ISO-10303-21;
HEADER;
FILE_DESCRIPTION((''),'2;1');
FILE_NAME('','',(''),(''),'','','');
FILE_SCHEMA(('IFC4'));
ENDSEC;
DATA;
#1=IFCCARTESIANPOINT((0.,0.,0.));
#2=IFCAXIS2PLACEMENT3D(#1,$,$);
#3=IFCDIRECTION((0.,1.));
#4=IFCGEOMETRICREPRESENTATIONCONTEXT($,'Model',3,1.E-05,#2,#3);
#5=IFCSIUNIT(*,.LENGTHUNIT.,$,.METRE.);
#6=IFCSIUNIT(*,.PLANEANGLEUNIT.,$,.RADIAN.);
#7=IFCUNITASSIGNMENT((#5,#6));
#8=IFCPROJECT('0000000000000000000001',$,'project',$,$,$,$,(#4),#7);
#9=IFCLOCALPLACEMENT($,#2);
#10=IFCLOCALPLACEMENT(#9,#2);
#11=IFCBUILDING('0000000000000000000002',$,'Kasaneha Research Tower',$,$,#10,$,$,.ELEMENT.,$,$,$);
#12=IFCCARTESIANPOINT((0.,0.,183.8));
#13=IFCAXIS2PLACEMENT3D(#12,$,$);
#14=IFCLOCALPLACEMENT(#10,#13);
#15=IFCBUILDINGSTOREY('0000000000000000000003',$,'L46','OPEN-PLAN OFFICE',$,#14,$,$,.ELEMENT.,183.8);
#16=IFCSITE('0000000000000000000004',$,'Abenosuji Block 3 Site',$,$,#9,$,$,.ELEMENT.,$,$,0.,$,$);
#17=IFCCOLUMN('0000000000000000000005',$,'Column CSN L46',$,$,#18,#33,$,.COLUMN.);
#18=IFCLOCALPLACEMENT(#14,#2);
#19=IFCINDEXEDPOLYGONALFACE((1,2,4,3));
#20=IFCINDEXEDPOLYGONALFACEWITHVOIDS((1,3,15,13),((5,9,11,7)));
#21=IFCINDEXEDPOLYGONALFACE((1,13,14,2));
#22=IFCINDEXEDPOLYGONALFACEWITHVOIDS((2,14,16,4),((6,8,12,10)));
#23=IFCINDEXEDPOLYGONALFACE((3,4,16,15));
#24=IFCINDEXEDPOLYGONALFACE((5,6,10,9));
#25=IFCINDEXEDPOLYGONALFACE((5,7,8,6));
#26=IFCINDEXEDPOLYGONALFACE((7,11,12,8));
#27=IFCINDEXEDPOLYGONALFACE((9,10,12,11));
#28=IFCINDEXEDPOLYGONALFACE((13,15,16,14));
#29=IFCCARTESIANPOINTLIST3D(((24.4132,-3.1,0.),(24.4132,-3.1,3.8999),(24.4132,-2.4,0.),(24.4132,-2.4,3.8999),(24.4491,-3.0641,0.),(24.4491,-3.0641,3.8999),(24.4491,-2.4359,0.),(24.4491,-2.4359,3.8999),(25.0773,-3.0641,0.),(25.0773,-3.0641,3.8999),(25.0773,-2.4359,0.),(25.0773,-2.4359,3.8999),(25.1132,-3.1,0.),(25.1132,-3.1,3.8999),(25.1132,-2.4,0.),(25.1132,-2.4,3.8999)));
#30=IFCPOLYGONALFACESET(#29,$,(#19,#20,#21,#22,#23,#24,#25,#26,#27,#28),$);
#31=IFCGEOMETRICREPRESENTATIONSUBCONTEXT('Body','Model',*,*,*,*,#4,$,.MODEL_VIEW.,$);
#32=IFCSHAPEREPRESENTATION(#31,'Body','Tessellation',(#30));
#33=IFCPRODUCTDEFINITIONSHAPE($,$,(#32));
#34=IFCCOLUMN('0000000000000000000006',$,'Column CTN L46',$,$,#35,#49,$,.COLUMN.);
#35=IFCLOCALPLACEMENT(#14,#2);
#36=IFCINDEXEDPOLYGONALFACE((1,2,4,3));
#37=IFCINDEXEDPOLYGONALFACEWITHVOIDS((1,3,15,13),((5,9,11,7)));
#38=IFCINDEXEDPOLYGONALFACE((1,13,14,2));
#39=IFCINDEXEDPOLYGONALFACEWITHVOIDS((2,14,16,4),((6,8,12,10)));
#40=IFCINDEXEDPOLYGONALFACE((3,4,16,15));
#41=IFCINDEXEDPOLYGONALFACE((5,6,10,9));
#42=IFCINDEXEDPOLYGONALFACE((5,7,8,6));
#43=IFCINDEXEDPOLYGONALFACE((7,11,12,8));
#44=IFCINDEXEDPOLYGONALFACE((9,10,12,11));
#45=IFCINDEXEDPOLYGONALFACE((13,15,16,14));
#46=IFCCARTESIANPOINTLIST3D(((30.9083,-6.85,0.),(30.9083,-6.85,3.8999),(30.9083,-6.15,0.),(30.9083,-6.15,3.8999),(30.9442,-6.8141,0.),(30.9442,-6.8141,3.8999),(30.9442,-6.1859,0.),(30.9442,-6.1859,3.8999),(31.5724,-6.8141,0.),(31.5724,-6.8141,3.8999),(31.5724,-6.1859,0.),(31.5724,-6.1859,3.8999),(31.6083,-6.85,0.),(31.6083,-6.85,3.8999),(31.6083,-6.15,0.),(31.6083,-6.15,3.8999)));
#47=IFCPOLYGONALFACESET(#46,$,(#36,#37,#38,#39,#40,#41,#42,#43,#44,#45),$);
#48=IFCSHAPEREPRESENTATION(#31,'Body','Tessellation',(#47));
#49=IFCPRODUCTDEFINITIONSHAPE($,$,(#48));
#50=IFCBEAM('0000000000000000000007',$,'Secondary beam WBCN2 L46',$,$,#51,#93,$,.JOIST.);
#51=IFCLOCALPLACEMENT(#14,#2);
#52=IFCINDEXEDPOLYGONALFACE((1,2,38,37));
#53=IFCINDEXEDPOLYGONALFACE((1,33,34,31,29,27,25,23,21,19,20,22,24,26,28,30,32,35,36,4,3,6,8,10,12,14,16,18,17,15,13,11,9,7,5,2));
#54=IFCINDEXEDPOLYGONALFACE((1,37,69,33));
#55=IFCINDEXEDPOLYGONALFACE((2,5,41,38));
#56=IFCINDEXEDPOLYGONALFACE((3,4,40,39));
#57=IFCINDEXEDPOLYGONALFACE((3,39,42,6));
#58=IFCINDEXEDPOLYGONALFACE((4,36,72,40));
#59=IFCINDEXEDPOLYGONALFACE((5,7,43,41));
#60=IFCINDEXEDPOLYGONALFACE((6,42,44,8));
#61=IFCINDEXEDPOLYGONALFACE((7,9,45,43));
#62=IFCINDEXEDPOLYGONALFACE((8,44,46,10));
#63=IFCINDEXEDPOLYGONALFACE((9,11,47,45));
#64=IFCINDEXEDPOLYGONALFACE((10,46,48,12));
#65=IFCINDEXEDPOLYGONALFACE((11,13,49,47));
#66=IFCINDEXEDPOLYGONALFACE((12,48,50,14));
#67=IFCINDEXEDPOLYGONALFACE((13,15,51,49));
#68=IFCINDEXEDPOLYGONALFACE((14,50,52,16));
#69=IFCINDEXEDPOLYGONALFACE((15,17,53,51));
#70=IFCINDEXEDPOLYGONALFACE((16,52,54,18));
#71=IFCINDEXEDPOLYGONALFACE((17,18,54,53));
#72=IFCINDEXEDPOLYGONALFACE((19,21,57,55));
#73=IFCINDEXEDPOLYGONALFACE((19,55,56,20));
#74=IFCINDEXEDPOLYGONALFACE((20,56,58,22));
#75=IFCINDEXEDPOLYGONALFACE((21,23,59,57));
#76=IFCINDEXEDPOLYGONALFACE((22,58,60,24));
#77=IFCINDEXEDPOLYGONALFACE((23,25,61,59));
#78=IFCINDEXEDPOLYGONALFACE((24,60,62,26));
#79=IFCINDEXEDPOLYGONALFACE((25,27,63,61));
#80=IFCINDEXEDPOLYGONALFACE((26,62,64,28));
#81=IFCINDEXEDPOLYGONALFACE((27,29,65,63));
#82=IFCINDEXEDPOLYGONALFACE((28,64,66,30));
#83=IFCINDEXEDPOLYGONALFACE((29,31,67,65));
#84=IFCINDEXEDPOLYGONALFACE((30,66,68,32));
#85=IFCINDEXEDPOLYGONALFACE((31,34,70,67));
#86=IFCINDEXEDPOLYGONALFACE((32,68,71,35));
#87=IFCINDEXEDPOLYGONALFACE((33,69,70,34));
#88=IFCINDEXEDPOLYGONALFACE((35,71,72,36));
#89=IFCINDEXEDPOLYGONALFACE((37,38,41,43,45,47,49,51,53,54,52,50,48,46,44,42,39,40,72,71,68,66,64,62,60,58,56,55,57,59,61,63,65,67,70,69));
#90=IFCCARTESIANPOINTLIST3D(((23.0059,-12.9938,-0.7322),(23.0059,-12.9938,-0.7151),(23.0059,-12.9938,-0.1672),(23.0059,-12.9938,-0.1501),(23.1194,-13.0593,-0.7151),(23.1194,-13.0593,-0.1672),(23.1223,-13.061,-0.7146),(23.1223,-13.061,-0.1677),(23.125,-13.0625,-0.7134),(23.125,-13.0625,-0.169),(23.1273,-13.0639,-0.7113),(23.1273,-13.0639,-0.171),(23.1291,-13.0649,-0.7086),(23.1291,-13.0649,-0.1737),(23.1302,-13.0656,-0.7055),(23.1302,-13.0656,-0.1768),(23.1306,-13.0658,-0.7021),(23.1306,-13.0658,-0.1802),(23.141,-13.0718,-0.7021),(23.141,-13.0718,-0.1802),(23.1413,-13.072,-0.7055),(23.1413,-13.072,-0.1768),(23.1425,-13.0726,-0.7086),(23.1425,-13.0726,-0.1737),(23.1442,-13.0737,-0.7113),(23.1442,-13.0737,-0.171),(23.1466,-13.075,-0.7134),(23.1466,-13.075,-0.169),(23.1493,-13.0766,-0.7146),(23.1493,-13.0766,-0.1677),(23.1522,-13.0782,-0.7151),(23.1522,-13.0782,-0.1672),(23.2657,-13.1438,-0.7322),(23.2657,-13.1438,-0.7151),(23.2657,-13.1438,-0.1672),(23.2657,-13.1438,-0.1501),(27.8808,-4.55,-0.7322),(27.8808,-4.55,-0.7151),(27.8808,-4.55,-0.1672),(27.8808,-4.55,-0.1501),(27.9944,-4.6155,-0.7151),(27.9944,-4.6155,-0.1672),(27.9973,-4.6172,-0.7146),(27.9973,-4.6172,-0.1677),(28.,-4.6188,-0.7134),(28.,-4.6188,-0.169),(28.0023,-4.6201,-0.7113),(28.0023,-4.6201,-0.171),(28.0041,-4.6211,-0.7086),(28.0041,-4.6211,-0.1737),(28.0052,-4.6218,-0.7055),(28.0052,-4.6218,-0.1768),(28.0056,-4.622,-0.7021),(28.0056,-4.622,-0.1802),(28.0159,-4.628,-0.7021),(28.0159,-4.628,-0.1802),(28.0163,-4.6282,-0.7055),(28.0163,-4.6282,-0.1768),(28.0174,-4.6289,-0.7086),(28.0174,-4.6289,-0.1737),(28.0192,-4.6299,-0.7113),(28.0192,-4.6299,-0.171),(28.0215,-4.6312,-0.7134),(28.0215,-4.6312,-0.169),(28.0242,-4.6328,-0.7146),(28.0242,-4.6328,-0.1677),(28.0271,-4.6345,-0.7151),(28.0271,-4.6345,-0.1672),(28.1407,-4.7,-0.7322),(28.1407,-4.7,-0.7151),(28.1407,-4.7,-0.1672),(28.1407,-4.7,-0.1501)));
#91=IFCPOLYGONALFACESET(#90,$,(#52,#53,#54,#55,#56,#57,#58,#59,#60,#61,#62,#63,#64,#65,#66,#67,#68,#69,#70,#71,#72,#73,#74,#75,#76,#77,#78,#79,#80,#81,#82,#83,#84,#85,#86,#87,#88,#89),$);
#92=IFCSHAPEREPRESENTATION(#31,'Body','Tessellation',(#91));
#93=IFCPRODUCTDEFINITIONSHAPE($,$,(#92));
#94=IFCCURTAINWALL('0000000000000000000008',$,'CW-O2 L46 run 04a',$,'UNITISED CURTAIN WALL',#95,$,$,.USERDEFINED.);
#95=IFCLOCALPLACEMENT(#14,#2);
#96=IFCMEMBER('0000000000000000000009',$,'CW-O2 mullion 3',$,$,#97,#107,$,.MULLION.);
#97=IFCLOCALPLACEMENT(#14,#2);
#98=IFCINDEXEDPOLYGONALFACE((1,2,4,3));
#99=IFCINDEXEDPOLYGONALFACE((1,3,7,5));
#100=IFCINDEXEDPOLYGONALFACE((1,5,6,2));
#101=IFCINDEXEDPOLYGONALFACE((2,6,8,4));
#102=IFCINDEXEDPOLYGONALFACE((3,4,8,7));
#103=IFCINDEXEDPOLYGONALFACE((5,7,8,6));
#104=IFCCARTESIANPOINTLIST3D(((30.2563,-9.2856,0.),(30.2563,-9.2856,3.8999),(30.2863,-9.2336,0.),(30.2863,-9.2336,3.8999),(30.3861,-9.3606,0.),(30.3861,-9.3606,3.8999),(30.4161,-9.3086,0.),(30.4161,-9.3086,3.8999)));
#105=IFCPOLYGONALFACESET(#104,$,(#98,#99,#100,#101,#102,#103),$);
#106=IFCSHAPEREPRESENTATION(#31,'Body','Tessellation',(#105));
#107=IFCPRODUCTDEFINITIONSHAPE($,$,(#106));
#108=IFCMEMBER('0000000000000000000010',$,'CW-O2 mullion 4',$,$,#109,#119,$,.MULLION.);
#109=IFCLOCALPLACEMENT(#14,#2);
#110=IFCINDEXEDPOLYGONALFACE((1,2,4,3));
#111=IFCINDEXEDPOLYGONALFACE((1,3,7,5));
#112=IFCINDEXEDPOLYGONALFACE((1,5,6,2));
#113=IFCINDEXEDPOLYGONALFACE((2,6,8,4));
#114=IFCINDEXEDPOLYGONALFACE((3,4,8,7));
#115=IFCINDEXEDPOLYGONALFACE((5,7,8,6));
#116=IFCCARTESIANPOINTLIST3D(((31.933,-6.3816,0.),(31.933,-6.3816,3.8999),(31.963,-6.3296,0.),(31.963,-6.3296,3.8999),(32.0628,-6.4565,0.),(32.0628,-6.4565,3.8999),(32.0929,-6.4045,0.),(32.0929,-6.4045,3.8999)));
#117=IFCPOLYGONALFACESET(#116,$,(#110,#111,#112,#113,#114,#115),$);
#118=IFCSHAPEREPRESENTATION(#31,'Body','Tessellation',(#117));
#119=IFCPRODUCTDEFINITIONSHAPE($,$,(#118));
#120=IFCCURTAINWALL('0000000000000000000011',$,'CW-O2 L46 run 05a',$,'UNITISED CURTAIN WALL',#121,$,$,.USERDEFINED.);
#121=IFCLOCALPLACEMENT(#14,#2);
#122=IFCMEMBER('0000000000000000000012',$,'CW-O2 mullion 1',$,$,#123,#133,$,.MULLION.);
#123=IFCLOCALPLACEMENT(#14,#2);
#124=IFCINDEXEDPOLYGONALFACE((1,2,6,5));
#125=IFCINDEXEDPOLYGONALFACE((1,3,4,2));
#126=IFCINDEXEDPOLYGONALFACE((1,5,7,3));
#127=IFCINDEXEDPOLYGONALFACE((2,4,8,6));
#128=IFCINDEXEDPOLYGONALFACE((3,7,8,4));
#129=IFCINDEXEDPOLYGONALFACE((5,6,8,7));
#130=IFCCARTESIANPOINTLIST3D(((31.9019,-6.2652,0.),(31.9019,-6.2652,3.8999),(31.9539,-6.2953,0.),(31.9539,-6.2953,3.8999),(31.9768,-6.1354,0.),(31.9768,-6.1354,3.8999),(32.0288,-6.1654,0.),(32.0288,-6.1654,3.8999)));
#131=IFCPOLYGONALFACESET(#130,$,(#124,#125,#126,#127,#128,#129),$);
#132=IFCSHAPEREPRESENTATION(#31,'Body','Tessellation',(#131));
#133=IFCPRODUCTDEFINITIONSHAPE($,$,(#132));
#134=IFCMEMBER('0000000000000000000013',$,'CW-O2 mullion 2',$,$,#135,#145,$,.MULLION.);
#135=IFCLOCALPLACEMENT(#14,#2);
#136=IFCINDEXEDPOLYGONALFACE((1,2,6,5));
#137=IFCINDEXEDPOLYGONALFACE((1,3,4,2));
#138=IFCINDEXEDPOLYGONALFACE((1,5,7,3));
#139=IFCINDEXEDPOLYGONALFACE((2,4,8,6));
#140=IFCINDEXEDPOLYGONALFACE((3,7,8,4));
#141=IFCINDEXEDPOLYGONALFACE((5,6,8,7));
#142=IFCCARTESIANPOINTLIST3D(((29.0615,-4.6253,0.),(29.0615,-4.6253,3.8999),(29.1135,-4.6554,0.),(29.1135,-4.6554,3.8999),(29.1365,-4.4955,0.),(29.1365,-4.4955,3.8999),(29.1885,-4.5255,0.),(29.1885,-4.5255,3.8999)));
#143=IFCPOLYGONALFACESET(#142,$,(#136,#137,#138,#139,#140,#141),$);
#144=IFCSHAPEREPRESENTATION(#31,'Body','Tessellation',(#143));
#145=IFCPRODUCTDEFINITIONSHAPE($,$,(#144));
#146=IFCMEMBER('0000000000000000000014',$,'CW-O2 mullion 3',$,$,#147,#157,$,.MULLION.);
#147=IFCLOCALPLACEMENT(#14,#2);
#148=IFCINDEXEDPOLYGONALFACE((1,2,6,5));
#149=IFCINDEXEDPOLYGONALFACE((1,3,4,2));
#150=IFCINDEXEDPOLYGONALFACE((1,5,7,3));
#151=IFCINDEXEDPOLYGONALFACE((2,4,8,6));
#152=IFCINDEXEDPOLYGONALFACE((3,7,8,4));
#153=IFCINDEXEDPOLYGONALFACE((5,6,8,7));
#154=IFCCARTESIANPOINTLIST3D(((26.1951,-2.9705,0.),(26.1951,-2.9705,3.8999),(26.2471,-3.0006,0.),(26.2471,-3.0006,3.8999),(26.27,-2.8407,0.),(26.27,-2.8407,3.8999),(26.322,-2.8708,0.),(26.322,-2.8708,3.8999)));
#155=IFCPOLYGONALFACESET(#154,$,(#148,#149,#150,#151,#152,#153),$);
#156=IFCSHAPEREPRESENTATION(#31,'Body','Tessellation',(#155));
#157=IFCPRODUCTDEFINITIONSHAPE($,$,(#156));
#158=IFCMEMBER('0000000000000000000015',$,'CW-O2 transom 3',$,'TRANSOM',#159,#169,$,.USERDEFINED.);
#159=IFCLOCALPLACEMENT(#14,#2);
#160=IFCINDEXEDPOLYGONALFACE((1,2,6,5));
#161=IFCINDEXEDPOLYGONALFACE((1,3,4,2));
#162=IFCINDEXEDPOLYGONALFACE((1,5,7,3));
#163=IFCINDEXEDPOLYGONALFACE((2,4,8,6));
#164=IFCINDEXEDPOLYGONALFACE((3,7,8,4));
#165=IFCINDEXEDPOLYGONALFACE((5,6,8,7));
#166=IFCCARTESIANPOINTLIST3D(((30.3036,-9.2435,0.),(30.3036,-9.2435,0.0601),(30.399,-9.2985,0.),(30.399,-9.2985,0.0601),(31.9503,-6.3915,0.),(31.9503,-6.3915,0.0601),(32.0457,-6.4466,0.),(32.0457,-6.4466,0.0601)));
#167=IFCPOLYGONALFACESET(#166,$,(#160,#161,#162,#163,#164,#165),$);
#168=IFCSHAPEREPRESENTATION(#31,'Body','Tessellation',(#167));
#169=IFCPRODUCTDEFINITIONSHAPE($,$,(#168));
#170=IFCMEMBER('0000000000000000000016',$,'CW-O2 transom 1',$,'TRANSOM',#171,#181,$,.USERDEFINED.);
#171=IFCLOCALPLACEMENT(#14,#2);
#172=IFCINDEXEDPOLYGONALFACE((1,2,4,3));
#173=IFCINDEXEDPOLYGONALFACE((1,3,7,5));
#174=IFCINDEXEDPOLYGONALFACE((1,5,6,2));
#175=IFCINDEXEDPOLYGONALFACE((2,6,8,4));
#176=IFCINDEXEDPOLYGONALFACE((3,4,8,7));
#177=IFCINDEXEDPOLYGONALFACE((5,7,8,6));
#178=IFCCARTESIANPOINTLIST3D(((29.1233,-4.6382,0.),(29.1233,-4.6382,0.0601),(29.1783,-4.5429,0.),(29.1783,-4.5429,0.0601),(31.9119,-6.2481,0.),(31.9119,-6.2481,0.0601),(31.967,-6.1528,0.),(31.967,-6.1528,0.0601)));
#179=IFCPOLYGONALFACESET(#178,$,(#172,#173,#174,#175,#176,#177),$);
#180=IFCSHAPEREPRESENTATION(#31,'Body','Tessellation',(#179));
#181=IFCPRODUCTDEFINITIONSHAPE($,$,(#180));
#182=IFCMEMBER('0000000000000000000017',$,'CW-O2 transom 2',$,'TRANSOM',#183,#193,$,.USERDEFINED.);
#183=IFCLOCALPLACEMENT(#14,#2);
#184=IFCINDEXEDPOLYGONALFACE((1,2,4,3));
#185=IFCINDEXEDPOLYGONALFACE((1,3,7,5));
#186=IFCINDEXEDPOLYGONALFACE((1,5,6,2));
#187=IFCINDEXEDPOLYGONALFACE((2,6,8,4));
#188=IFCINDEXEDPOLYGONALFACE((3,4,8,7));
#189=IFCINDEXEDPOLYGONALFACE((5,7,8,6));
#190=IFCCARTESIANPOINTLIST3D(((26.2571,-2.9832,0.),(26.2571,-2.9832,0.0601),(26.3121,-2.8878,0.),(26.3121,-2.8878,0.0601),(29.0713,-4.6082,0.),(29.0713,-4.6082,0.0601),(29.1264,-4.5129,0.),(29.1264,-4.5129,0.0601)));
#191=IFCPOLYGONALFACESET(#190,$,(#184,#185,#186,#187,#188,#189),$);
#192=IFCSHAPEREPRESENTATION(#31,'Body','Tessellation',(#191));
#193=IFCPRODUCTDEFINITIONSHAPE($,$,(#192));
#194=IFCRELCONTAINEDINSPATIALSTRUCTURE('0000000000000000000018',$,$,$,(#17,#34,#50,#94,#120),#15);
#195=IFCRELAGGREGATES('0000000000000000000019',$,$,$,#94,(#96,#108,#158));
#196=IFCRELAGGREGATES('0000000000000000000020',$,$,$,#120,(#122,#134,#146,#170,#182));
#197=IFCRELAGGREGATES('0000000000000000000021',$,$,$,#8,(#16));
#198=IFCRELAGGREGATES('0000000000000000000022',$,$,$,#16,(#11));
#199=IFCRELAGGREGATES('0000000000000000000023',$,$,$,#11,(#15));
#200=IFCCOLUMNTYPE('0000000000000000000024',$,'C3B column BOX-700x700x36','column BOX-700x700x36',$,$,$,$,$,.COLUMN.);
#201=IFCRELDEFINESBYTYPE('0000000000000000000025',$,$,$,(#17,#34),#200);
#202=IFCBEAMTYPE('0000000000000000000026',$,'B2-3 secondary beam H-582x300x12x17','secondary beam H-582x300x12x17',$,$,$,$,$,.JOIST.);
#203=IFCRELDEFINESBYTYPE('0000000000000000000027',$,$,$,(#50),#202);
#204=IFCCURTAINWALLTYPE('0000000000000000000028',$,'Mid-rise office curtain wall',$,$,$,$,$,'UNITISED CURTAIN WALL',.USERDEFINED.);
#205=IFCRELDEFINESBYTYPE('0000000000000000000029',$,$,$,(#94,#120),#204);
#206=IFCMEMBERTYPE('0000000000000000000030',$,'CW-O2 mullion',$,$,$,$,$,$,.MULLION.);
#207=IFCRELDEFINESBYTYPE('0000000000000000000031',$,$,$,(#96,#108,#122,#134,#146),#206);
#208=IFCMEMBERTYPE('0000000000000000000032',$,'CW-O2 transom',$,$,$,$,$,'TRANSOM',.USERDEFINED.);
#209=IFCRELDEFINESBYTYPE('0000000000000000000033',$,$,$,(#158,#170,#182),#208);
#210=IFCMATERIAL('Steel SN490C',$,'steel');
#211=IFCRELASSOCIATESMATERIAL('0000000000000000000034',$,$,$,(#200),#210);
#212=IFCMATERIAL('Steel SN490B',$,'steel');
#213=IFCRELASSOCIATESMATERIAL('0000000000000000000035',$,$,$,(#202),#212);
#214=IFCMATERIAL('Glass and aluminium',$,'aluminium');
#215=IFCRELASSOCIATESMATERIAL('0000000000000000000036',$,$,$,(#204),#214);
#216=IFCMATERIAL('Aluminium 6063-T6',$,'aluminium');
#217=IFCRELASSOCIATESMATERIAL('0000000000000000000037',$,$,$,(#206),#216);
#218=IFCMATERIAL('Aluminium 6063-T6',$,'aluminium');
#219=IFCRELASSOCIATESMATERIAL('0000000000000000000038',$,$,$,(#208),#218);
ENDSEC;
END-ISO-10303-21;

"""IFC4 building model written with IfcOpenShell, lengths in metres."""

from ifc_helpers import new_model, si_unit, direction, frame, origin, origin_2d, place, context, subcontext, project, spatial, rectangle, hollow_rectangle, i_section, extrude, material, material_profile, profile_set, type_object, element, aggregate, save


model = new_model("IFC4")

# Units and contexts
model_context = context("Model", 3, precision=1e-05, world=origin(), true_north=direction((0.0, 1.0)))
body_context = subcontext(model_context, "Body", "Model", "MODEL_VIEW")
ifc_project = project(units=[si_unit("LENGTHUNIT", "METRE"), si_unit("PLANEANGLEUNIT", "RADIAN")], contexts=[model_context])

# Site, building, storey
site_placement = place(None, origin())
site = spatial("IfcSite", under=ifc_project, at=site_placement, Name="Abenosuji Block 3 Site", CompositionType="ELEMENT", RefElevation=0.0)
building_placement = place(site_placement, origin())
building = spatial("IfcBuilding", under=site, at=building_placement, Name="Kasaneha Research Tower", CompositionType="ELEMENT")
storey_placement = place(building_placement, frame((0.0, 0.0, 183.8)))
storey = spatial("IfcBuildingStorey", under=building, at=storey_placement, Name="L46", Description="OPEN-PLAN OFFICE", CompositionType="ELEMENT", Elevation=183.8)

# Columns
ifc_material_1 = material(Name="Steel SN490C", Category="steel")
ifc_material_profile_1 = material_profile(ifc_material_1, hollow_rectangle(XDim=0.7, YDim=0.7, WallThickness=0.0359, at=origin_2d()), Name="BOX-700x700x36")
ifc_profile_set_1 = profile_set([ifc_material_profile_1], Name="Steel SN490C")
column_type = type_object("IfcColumnType", Name="C3B column BOX-700x700x36", Description="column BOX-700x700x36", PredefinedType="COLUMN", material=ifc_profile_set_1)
for number, where, z_axis, x_axis, name in (
    (1, (24.7632, -2.75, 0.0), (0.0, 0.0, 1.0), (1.0, 0.0, 0.0), "Column CSN L46"),
    (2, (31.2583, -6.5, 0.0), (0.0, 0.0, 1.0), (1.0, 0.0, 0.0), "Column CTN L46"),
):
    element("IfcColumn", number, at=place(storey_placement, frame(where, z_axis=z_axis, x_axis=x_axis)), inside=storey, type_object=column_type, Name=name, PredefinedType="COLUMN", context=body_context, shape_type="SweptSolid", body=[
        extrude(hollow_rectangle(XDim=0.7, YDim=0.7, WallThickness=0.0359, at=origin_2d()), origin(), (0.0, 0.0, 1.0), 3.8999),
    ])

# Beam
ifc_material_2 = material(Name="Steel SN490B", Category="steel")
ifc_material_profile_2 = material_profile(ifc_material_2, i_section(OverallWidth=0.3, OverallDepth=0.582, WebThickness=0.012, FlangeThickness=0.0171, FilletRadius=0.0129, at=origin_2d()), Name="H-582x300x12x17")
ifc_profile_set_2 = profile_set([ifc_material_profile_2], Name="Steel SN490B")
beam_type_1 = type_object("IfcBeamType", Name="B2-3 secondary beam H-582x300x12x17", Description="secondary beam H-582x300x12x17", PredefinedType="JOIST", material=ifc_profile_set_2)
beam_1_placement = place(storey_placement, frame((28.0107, -4.625, -0.4412), z_axis=(-0.499996, -0.866028, 0.0), x_axis=(0.866028, -0.499996, 0.0)))
element("IfcBeam", 3, at=beam_1_placement, inside=storey, type_object=beam_type_1, Name="Secondary beam WBCN2 L46", PredefinedType="JOIST", context=body_context, shape_type="SweptSolid", body=[
    extrude(i_section(OverallWidth=0.3, OverallDepth=0.582, WebThickness=0.012, FlangeThickness=0.0171, FilletRadius=0.0129, at=origin_2d()), origin(), (0.0, 0.0, 1.0), 9.75),
])

# Curtain walls, members
ifc_material_3 = material(Name="Glass and aluminium", Category="aluminium")
curtain_wall_type = type_object("IfcCurtainWallType", Name="Mid-rise office curtain wall", ElementType="UNITISED CURTAIN WALL", PredefinedType="USERDEFINED", material=ifc_material_3)
curtain_wall_1_placement = place(storey_placement, origin())
curtain_wall_1 = element("IfcCurtainWall", 4, at=curtain_wall_1_placement, inside=storey, type_object=curtain_wall_type, Name="CW-O2 L46 run 04a", ObjectType="UNITISED CURTAIN WALL", PredefinedType="USERDEFINED")
ifc_material_4 = material(Name="Aluminium 6063-T6", Category="aluminium")
ifc_material_profile_3 = material_profile(ifc_material_4, rectangle(XDim=0.0601, YDim=0.1499, at=origin_2d()), Name="CW-O2 mullion 60x150")
ifc_profile_set_3 = profile_set([ifc_material_profile_3], Name="Aluminium 6063-T6")
member_type_1 = type_object("IfcMemberType", Name="CW-O2 mullion", PredefinedType="MULLION", material=ifc_profile_set_3)
member_1_placement = place(storey_placement, frame((30.3362, -9.2971, 0.0), z_axis=(0.0, 0.0, 1.0), x_axis=(0.5, 0.866025, 0.0)))
member_1 = element("IfcMember", 5, at=member_1_placement, type_object=member_type_1, Name="CW-O2 mullion 3", PredefinedType="MULLION", context=body_context, shape_type="SweptSolid", body=[
    extrude(rectangle(XDim=0.0601, YDim=0.1499, at=origin_2d()), origin(), (0.0, 0.0, 1.0), 3.8999),
])
member_2_placement = place(storey_placement, frame((32.0129, -6.3931, 0.0), z_axis=(0.0, 0.0, 1.0), x_axis=(0.5, 0.866025, 0.0)))
member_2 = element("IfcMember", 6, at=member_2_placement, type_object=member_type_1, Name="CW-O2 mullion 4", PredefinedType="MULLION", context=body_context, shape_type="SweptSolid", body=[
    extrude(rectangle(XDim=0.0601, YDim=0.1499, at=origin_2d()), origin(), (0.0, 0.0, 1.0), 3.8999),
])
curtain_wall_2_placement = place(storey_placement, origin())
curtain_wall_2 = element("IfcCurtainWall", 7, at=curtain_wall_2_placement, inside=storey, type_object=curtain_wall_type, Name="CW-O2 L46 run 05a", ObjectType="UNITISED CURTAIN WALL", PredefinedType="USERDEFINED")
member_3_placement = place(storey_placement, frame((31.9653, -6.2153, 0.0), z_axis=(0.0, 0.0, 1.0), x_axis=(-0.866025, 0.5, 0.0)))
member_3 = element("IfcMember", 8, at=member_3_placement, type_object=member_type_1, Name="CW-O2 mullion 1", PredefinedType="MULLION", context=body_context, shape_type="SweptSolid", body=[
    extrude(rectangle(XDim=0.0601, YDim=0.1499, at=origin_2d()), origin(), (0.0, 0.0, 1.0), 3.8999),
])
member_4_placement = place(storey_placement, frame((29.125, -4.5754, 0.0), z_axis=(0.0, 0.0, 1.0), x_axis=(-0.866025, 0.5, 0.0)))
member_4 = element("IfcMember", 9, at=member_4_placement, type_object=member_type_1, Name="CW-O2 mullion 2", PredefinedType="MULLION", context=body_context, shape_type="SweptSolid", body=[
    extrude(rectangle(XDim=0.0601, YDim=0.1499, at=origin_2d()), origin(), (0.0, 0.0, 1.0), 3.8999),
])
member_5_placement = place(storey_placement, frame((26.2585, -2.9207, 0.0), z_axis=(0.0, 0.0, 1.0), x_axis=(-0.866025, 0.5, 0.0)))
member_5 = element("IfcMember", 10, at=member_5_placement, type_object=member_type_1, Name="CW-O2 mullion 3", PredefinedType="MULLION", context=body_context, shape_type="SweptSolid", body=[
    extrude(rectangle(XDim=0.0601, YDim=0.1499, at=origin_2d()), origin(), (0.0, 0.0, 1.0), 3.8999),
])

# Members
ifc_material_5 = material(Name="Aluminium 6063-T6", Category="aluminium")
ifc_material_profile_4 = material_profile(ifc_material_5, rectangle(XDim=0.1101, YDim=0.0601, at=origin_2d()), Name="CW-O2 transom 110x60")
ifc_profile_set_4 = profile_set([ifc_material_profile_4], Name="Aluminium 6063-T6")
member_type_2 = type_object("IfcMemberType", Name="CW-O2 transom", ElementType="TRANSOM", PredefinedType="USERDEFINED", material=ifc_profile_set_4)
member_6_placement = place(storey_placement, frame((30.3513, -9.271, 0.03), z_axis=(0.500022, 0.866013, 0.0), x_axis=(-0.866013, 0.500022, 0.0)))
member_6 = element("IfcMember", 11, at=member_6_placement, type_object=member_type_2, Name="CW-O2 transom 3", ObjectType="TRANSOM", PredefinedType="USERDEFINED", context=body_context, shape_type="SweptSolid", body=[
    extrude(rectangle(XDim=0.1101, YDim=0.0601, at=origin_2d()), origin(), (0.0, 0.0, 1.0), 3.2932),
])
member_7_placement = place(storey_placement, frame((31.9395, -6.2004, 0.03), z_axis=(-0.866042, 0.499972, 0.0), x_axis=(-0.499972, -0.866042, 0.0)))
member_7 = element("IfcMember", 12, at=member_7_placement, type_object=member_type_2, Name="CW-O2 transom 1", ObjectType="TRANSOM", PredefinedType="USERDEFINED", context=body_context, shape_type="SweptSolid", body=[
    extrude(rectangle(XDim=0.1101, YDim=0.0601, at=origin_2d()), origin(), (0.0, 0.0, 1.0), 3.22),
])
member_8_placement = place(storey_placement, frame((29.0989, -4.5605, 0.03), z_axis=(-0.865997, 0.50005, 0.0), x_axis=(-0.50005, -0.865997, 0.0)))
member_8 = element("IfcMember", 13, at=member_8_placement, type_object=member_type_2, Name="CW-O2 transom 2", ObjectType="TRANSOM", PredefinedType="USERDEFINED", context=body_context, shape_type="SweptSolid", body=[
    extrude(rectangle(XDim=0.1101, YDim=0.0601, at=origin_2d()), origin(), (0.0, 0.0, 1.0), 3.2498),
])

aggregate(curtain_wall_1, [member_1, member_2, member_6])
aggregate(curtain_wall_2, [member_3, member_4, member_5, member_7, member_8])

save(model, "model.ifc")
